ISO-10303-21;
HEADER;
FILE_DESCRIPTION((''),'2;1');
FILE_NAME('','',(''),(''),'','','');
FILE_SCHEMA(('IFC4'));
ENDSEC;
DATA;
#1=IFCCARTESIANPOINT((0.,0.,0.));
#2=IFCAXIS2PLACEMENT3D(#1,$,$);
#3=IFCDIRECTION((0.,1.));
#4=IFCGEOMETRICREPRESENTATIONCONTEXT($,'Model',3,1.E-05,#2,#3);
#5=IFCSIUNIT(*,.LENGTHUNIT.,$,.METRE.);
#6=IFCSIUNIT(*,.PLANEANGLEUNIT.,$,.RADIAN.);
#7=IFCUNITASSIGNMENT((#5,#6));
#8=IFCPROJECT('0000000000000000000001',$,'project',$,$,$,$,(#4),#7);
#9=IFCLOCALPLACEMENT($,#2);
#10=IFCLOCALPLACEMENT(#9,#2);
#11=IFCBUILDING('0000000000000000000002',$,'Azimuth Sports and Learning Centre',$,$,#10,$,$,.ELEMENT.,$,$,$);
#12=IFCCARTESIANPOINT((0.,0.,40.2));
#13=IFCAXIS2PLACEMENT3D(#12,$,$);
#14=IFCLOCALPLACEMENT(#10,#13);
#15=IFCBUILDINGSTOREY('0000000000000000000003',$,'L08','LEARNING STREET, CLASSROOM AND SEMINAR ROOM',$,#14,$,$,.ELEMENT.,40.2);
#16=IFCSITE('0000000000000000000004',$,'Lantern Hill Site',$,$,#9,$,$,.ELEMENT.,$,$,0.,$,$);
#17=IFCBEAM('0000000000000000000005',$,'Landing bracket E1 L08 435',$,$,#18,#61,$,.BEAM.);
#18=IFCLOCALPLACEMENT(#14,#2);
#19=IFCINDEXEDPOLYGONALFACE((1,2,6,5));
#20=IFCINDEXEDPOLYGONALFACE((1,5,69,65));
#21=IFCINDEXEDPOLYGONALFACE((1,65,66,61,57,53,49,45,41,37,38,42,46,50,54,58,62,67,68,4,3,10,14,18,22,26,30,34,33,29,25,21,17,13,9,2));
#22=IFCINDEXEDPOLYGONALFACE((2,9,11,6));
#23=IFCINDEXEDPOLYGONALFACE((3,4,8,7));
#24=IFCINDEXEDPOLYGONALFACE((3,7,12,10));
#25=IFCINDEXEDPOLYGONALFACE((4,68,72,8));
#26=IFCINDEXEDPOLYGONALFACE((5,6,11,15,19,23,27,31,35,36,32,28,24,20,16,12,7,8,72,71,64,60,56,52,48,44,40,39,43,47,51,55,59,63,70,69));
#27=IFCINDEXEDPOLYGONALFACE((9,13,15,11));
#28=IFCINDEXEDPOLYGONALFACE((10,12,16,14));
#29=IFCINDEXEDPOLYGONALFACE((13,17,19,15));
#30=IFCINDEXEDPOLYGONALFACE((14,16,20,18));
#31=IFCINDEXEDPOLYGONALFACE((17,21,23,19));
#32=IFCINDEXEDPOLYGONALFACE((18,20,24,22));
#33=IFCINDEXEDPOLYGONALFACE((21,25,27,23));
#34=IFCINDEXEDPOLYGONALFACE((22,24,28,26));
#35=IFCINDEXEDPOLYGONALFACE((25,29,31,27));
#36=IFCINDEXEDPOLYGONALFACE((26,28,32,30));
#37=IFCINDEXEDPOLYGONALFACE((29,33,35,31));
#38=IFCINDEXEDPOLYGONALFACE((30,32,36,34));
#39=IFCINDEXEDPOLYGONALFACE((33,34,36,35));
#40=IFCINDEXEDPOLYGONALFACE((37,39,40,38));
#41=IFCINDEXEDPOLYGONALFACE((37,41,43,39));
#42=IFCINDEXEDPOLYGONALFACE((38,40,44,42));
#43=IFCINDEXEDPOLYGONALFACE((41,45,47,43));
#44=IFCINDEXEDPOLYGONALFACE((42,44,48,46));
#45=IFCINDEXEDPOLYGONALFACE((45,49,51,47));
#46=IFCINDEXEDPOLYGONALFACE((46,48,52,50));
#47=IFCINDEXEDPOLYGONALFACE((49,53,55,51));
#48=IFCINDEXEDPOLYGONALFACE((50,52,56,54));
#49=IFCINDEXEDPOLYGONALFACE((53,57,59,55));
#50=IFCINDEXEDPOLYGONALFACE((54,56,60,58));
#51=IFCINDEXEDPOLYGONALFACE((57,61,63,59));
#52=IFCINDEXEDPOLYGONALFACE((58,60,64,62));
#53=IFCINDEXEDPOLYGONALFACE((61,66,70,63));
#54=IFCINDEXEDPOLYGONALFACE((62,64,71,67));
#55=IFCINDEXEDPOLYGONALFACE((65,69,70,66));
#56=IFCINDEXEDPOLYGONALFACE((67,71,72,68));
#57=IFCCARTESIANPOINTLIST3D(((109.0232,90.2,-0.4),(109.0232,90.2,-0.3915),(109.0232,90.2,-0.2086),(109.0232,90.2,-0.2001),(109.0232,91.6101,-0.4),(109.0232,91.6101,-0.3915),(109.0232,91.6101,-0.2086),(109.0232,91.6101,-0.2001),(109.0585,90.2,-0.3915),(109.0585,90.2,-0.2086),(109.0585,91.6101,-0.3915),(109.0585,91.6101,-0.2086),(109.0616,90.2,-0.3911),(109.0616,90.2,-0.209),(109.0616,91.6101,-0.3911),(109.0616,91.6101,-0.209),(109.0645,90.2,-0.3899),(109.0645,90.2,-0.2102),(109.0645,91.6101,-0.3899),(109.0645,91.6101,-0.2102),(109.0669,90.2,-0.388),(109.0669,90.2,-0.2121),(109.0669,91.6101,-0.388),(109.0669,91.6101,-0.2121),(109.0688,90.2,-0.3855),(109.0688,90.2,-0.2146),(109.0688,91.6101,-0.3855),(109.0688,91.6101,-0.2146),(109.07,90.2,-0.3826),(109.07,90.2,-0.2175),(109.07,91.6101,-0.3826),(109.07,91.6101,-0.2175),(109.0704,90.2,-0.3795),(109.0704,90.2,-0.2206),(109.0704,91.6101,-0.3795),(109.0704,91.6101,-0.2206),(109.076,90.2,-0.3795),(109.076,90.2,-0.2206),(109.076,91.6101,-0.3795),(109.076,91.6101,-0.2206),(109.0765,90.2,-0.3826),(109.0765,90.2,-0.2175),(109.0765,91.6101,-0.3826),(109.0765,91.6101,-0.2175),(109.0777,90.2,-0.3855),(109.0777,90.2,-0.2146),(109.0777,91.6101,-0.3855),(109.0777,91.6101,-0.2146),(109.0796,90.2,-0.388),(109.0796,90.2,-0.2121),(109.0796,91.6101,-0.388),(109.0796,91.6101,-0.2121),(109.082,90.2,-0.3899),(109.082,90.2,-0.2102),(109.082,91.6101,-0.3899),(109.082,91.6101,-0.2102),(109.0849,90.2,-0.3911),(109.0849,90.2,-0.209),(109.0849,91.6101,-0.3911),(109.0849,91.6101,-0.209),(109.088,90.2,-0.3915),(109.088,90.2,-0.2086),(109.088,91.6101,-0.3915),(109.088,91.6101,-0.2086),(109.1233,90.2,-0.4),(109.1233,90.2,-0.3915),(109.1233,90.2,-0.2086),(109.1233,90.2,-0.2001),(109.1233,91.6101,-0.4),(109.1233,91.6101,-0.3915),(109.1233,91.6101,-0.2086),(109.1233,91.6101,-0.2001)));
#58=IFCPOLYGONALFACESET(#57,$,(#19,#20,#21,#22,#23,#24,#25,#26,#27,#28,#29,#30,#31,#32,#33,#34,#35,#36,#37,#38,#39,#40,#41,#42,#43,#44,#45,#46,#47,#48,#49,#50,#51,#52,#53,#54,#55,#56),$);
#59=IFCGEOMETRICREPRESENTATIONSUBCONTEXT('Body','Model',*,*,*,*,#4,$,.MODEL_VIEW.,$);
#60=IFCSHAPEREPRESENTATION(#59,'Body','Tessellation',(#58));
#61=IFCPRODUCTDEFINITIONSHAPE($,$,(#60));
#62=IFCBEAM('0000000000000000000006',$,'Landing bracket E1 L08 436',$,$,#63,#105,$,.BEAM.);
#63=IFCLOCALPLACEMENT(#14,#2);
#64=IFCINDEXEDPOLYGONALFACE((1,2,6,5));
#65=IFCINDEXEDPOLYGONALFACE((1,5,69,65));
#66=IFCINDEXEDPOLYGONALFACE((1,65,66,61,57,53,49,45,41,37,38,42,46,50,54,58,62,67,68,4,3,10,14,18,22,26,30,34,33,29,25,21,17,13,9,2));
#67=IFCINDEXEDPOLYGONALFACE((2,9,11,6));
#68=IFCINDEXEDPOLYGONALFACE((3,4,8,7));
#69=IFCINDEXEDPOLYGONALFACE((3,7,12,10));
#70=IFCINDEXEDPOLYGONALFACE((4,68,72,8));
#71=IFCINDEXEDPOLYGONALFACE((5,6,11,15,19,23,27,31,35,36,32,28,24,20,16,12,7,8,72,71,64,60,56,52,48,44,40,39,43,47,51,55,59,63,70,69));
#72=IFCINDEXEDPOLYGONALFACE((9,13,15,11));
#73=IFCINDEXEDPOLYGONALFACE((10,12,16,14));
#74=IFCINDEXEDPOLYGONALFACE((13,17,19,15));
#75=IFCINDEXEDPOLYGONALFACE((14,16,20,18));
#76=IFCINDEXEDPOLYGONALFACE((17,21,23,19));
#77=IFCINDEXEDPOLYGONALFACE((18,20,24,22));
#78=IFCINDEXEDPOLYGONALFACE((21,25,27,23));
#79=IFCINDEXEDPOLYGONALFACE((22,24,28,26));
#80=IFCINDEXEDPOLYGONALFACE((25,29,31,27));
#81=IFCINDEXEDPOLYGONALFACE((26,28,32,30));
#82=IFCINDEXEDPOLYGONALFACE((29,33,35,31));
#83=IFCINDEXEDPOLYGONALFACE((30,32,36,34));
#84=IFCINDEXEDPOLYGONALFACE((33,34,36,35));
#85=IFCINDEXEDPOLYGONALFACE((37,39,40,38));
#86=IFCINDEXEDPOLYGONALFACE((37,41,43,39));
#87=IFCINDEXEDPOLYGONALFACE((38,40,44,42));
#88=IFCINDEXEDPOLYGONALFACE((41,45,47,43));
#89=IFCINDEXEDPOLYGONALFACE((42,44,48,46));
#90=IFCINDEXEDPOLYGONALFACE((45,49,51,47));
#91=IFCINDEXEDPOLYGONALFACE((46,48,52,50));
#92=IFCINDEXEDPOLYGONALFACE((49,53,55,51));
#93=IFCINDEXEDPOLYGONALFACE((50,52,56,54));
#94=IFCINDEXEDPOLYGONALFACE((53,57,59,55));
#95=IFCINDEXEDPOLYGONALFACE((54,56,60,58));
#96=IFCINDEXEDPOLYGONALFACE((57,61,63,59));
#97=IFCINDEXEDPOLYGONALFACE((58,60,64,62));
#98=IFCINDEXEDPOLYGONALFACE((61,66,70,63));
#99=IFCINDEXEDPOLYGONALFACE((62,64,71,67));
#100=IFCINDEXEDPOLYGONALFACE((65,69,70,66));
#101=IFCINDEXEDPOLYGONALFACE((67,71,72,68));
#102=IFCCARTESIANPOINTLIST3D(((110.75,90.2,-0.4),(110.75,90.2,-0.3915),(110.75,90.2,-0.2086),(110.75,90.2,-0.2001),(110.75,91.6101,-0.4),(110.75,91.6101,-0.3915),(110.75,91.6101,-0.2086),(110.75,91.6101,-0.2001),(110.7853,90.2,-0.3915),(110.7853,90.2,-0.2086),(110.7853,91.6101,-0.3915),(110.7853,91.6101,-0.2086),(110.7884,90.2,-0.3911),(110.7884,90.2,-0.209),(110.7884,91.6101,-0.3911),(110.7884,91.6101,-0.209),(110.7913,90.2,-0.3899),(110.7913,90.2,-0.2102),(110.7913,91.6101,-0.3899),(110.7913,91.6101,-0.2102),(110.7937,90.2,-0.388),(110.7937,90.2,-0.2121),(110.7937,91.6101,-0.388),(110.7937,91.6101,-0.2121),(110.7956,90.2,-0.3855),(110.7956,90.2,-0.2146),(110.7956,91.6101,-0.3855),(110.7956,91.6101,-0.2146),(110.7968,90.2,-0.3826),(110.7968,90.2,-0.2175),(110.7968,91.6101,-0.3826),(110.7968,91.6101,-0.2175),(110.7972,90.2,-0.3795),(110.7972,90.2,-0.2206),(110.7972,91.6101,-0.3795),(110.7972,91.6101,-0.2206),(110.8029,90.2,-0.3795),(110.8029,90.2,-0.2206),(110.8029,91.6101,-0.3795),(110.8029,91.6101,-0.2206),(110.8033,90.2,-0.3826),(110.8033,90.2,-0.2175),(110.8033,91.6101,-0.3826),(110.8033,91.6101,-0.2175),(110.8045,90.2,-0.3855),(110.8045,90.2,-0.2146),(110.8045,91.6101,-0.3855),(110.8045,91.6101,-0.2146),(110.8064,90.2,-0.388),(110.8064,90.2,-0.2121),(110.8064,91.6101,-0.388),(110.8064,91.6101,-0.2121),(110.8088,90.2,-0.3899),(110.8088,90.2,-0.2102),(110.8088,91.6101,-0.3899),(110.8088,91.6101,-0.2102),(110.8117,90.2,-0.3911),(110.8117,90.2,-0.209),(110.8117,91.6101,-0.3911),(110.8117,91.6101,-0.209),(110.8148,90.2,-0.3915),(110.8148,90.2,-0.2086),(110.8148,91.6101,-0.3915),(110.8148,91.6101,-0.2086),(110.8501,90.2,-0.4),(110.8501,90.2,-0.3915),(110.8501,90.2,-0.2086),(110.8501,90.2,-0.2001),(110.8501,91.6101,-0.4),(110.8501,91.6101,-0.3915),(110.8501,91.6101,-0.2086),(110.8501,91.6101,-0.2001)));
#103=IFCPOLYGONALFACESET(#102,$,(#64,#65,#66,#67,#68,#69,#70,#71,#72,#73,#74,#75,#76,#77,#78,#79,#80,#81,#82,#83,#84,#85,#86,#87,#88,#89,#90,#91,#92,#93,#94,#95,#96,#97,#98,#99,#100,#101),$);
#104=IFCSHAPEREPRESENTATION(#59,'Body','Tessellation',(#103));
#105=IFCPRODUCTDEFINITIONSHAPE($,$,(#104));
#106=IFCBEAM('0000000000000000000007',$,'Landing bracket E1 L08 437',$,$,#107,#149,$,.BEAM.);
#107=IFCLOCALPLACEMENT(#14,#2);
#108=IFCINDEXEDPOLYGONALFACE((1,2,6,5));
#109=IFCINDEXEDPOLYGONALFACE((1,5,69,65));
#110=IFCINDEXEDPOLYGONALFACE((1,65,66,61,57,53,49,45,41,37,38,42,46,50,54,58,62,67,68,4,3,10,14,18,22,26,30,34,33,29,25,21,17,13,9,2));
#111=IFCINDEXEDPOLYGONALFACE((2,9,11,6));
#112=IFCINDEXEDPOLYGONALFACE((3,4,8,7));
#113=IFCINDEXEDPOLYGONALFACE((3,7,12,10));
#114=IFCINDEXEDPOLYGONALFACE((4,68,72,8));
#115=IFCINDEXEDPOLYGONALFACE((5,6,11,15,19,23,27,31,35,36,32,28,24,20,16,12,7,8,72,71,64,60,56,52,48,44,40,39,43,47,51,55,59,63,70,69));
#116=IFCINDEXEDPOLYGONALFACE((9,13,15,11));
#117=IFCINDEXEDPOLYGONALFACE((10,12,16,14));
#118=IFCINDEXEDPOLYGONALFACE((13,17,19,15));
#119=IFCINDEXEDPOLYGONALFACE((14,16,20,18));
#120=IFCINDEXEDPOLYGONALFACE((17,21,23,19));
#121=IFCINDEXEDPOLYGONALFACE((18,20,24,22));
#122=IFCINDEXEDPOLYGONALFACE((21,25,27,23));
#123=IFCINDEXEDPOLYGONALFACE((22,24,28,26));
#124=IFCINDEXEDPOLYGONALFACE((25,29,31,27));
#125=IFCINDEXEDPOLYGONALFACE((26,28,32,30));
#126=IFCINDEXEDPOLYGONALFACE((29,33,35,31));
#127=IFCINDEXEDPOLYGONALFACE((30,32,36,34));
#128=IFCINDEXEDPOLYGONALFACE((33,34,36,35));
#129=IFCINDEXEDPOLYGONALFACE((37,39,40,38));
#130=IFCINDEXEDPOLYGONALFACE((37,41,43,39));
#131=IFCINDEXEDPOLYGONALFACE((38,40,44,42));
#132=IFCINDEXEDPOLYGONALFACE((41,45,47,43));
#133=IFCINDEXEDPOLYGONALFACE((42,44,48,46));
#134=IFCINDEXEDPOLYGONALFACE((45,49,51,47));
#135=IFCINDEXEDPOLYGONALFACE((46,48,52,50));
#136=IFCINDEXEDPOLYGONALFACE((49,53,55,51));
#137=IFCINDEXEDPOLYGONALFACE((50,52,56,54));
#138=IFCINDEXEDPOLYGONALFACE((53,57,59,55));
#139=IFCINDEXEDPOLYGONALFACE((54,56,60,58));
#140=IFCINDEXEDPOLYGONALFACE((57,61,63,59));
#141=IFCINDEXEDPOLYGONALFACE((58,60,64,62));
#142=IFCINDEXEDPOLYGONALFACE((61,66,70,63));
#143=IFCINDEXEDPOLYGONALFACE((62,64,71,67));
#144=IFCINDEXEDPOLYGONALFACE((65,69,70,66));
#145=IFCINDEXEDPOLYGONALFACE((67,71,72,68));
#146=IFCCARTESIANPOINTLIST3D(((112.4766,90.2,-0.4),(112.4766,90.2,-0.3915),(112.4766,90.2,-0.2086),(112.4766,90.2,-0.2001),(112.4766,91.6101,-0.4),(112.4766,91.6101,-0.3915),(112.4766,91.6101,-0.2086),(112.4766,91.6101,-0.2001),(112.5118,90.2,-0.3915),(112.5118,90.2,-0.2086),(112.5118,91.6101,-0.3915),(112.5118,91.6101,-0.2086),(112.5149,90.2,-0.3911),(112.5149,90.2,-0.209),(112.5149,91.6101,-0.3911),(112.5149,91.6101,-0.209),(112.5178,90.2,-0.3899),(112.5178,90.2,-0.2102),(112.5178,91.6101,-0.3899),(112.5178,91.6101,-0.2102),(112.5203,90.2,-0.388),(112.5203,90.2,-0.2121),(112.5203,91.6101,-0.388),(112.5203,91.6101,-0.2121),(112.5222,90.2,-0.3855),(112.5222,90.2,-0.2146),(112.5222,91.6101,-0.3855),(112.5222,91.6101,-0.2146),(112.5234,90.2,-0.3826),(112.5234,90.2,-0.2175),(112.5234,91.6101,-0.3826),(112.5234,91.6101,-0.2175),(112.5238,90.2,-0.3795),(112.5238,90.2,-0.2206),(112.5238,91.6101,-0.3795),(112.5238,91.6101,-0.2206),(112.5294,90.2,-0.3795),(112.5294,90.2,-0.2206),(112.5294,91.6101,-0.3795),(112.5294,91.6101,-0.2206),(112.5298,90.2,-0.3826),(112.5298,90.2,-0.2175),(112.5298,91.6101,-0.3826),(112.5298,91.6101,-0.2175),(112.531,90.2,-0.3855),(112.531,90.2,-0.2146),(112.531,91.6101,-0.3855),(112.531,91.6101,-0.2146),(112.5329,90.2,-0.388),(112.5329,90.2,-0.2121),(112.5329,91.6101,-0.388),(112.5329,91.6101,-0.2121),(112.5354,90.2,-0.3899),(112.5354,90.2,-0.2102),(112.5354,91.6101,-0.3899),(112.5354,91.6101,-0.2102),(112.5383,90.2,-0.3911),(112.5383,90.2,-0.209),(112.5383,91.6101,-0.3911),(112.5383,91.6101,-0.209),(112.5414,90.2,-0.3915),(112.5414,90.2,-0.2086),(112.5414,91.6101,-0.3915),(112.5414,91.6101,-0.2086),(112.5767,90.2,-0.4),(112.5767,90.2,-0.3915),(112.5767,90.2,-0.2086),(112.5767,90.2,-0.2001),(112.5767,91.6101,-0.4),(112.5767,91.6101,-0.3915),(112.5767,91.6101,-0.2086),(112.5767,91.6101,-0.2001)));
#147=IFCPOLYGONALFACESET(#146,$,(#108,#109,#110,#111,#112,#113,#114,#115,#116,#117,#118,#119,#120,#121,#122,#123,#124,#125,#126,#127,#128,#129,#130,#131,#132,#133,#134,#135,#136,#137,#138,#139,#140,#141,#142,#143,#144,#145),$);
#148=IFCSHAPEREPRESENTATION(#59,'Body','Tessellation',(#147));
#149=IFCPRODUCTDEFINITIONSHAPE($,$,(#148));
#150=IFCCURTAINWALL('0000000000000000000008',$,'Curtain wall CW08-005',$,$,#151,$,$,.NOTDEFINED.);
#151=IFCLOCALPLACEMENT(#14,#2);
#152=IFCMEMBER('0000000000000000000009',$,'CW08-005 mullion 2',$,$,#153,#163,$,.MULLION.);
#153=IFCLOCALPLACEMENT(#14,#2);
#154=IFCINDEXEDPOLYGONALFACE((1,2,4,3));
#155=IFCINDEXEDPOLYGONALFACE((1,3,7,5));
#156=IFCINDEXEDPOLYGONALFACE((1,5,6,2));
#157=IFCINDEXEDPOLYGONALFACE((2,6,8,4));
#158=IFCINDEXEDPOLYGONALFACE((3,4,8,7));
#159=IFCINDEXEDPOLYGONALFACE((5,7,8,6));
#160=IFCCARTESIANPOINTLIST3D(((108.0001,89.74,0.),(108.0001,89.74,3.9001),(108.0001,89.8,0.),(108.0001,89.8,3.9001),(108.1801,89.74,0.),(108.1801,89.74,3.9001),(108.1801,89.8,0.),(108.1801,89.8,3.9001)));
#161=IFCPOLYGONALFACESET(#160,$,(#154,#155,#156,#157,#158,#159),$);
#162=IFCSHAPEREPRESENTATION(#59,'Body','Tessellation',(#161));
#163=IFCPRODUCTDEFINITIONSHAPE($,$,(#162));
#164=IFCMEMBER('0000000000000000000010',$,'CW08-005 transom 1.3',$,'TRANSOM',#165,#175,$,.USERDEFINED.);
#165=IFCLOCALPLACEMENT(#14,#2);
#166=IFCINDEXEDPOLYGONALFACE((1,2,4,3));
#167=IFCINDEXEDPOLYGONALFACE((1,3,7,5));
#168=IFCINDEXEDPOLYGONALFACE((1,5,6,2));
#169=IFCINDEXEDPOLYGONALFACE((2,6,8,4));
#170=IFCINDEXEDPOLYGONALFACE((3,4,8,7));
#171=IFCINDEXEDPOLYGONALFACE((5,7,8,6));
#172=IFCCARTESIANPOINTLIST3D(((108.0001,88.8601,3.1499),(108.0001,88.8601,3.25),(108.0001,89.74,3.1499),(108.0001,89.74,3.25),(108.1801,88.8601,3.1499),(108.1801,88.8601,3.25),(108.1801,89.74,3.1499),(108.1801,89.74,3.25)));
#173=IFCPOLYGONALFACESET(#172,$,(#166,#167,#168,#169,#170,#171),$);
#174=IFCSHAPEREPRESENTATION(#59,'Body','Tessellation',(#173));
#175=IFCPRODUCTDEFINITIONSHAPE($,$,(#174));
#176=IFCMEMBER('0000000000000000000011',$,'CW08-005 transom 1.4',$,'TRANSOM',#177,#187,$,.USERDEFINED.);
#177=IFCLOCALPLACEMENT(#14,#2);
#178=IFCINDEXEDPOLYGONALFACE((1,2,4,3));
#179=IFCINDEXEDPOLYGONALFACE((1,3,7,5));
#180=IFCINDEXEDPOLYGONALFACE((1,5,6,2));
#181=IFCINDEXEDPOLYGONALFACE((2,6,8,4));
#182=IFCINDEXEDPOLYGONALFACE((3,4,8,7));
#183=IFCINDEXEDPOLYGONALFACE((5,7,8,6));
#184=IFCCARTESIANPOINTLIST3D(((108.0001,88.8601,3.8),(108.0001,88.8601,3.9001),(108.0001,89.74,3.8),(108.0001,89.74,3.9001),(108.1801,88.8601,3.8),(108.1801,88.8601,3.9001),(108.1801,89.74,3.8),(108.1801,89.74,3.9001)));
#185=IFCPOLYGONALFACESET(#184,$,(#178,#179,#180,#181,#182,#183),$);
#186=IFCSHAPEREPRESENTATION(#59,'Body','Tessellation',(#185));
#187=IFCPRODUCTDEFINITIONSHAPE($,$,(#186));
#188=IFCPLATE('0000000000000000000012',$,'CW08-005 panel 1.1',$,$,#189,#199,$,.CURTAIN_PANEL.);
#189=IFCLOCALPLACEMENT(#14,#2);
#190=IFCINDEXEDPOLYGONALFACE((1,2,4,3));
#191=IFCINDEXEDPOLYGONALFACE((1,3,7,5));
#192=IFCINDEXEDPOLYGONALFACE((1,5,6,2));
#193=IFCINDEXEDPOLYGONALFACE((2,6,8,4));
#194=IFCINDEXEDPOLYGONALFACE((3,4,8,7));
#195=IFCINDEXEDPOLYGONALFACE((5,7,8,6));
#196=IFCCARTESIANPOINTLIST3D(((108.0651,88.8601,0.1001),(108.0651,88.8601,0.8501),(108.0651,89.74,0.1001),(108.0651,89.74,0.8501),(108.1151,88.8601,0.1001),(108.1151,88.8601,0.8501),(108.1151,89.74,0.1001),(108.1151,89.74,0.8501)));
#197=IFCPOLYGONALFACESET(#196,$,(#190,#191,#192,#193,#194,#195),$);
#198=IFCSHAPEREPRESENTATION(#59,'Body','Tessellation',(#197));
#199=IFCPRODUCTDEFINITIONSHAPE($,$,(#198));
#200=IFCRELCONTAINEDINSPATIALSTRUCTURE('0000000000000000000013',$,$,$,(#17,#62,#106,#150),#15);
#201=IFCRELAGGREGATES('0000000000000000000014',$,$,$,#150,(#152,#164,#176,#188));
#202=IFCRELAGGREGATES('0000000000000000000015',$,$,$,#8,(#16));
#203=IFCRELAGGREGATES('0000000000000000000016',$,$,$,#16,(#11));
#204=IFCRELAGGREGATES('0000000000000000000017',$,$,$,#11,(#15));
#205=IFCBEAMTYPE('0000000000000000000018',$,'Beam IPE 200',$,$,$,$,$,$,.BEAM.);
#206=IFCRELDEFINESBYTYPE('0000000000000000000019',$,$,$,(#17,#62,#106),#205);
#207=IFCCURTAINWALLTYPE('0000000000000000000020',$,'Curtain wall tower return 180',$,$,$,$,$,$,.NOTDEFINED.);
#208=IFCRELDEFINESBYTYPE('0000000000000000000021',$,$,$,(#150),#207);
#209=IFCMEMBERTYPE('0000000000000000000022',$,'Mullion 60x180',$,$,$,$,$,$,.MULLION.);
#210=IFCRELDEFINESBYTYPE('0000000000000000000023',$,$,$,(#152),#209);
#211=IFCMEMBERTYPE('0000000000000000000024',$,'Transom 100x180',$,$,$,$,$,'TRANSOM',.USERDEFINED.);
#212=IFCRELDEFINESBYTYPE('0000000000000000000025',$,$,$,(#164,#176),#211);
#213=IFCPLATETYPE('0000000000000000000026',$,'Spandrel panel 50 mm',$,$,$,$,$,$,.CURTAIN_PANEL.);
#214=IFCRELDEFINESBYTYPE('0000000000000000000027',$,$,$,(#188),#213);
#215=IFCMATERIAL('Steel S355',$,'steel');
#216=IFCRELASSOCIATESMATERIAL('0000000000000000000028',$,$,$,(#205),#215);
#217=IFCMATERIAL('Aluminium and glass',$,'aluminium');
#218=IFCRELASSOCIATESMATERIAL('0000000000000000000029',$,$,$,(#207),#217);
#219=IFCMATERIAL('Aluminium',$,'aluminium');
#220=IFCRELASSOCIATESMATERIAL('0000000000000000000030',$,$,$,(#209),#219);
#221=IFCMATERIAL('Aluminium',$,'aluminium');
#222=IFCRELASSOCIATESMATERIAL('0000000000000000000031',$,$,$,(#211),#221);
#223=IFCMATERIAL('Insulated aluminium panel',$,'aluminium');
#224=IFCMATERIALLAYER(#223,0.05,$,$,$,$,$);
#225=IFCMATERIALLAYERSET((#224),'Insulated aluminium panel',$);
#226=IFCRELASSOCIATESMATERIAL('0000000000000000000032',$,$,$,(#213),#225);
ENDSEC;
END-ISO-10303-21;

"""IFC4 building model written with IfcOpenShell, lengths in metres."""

from ifc_helpers import new_model, si_unit, direction, frame, origin, origin_2d, place, context, subcontext, project, spatial, rectangle, i_section, extrude, material, layer, layer_set, material_profile, profile_set, type_object, element, aggregate, save


model = new_model("IFC4")

# Units and contexts
model_context = context("Model", 3, precision=1e-05, world=origin(), true_north=direction((0.0, 1.0)))
body_context = subcontext(model_context, "Body", "Model", "MODEL_VIEW")
ifc_project = project(units=[si_unit("LENGTHUNIT", "METRE"), si_unit("PLANEANGLEUNIT", "RADIAN")], contexts=[model_context])

# Site, building, storey
site_placement = place(None, origin())
site = spatial("IfcSite", under=ifc_project, at=site_placement, Name="Lantern Hill Site", CompositionType="ELEMENT", RefElevation=0.0)
building_placement = place(site_placement, origin())
building = spatial("IfcBuilding", under=site, at=building_placement, Name="Azimuth Sports and Learning Centre", CompositionType="ELEMENT")
storey_placement = place(building_placement, frame((0.0, 0.0, 40.2)))
storey = spatial("IfcBuildingStorey", under=building, at=storey_placement, Name="L08", Description="LEARNING STREET, CLASSROOM AND SEMINAR ROOM", CompositionType="ELEMENT", Elevation=40.2)

# Beams
ifc_material_1 = material(Name="Steel S355", Category="steel")
ifc_material_profile_1 = material_profile(ifc_material_1, i_section(OverallWidth=0.1001, OverallDepth=0.2, WebThickness=0.0056, FlangeThickness=0.0085, FilletRadius=0.012, at=origin_2d()), Name="IPE 200")
ifc_profile_set_1 = profile_set([ifc_material_profile_1], Name="Steel S355")
beam_type = type_object("IfcBeamType", Name="Beam IPE 200", PredefinedType="BEAM", material=ifc_profile_set_1)
for number, where, z_axis, x_axis, name in (
    (1, (109.0732, 90.2, -0.3), (0.0, 1.0, 0.0), (-1.0, 0.0, 0.0), "Landing bracket E1 L08 435"),
    (2, (110.8, 90.2, -0.3), (0.0, 1.0, 0.0), (-1.0, 0.0, 0.0), "Landing bracket E1 L08 436"),
    (3, (112.5266, 90.2, -0.3), (0.0, 1.0, 0.0), (-1.0, 0.0, 0.0), "Landing bracket E1 L08 437"),
):
    element("IfcBeam", number, at=place(storey_placement, frame(where, z_axis=z_axis, x_axis=x_axis)), inside=storey, type_object=beam_type, Name=name, PredefinedType="BEAM", context=body_context, shape_type="SweptSolid", body=[
        extrude(i_section(OverallWidth=0.1001, OverallDepth=0.2, WebThickness=0.0056, FlangeThickness=0.0085, FilletRadius=0.012, at=origin_2d()), origin(), (0.0, 0.0, 1.0), 1.4102),
    ])

# Curtain wall, members, plate
ifc_material_2 = material(Name="Aluminium and glass", Category="aluminium")
curtain_wall_type = type_object("IfcCurtainWallType", Name="Curtain wall tower return 180", PredefinedType="NOTDEFINED", material=ifc_material_2)
curtain_wall_placement = place(storey_placement, origin())
curtain_wall = element("IfcCurtainWall", 4, at=curtain_wall_placement, inside=storey, type_object=curtain_wall_type, Name="Curtain wall CW08-005", PredefinedType="NOTDEFINED")
ifc_material_3 = material(Name="Aluminium", Category="aluminium")
ifc_material_profile_2 = material_profile(ifc_material_3, rectangle(XDim=0.1799, YDim=0.0601, at=origin_2d()), Name="Mullion 60x180")
ifc_profile_set_2 = profile_set([ifc_material_profile_2], Name="Aluminium")
member_type_1 = type_object("IfcMemberType", Name="Mullion 60x180", PredefinedType="MULLION", material=ifc_profile_set_2)
member_1_placement = place(storey_placement, frame((108.0901, 89.77, 0.0), z_axis=(0.0, 0.0, 1.0), x_axis=(-1.0, 0.0, 0.0)))
member_1 = element("IfcMember", 5, at=member_1_placement, type_object=member_type_1, Name="CW08-005 mullion 2", PredefinedType="MULLION", context=body_context, shape_type="SweptSolid", body=[
    extrude(rectangle(XDim=0.1799, YDim=0.0601, at=origin_2d()), origin(), (0.0, 0.0, 1.0), 3.9001),
])
ifc_material_4 = material(Name="Aluminium", Category="aluminium")
ifc_material_profile_3 = material_profile(ifc_material_4, rectangle(XDim=0.1799, YDim=0.1001, at=origin_2d()), Name="Transom 100x180")
ifc_profile_set_3 = profile_set([ifc_material_profile_3], Name="Aluminium")
member_type_2 = type_object("IfcMemberType", Name="Transom 100x180", ElementType="TRANSOM", PredefinedType="USERDEFINED", material=ifc_profile_set_3)
member_2_placement = place(storey_placement, frame((108.0901, 88.8601, 3.2), z_axis=(0.0, 1.0, 0.0), x_axis=(-1.0, 0.0, 0.0)))
member_2 = element("IfcMember", 6, at=member_2_placement, type_object=member_type_2, Name="CW08-005 transom 1.3", ObjectType="TRANSOM", PredefinedType="USERDEFINED", context=body_context, shape_type="SweptSolid", body=[
    extrude(rectangle(XDim=0.1799, YDim=0.1001, at=origin_2d()), origin(), (0.0, 0.0, 1.0), 0.8799),
])
member_3_placement = place(storey_placement, frame((108.0901, 88.8601, 3.8501), z_axis=(0.0, 1.0, 0.0), x_axis=(-1.0, 0.0, 0.0)))
member_3 = element("IfcMember", 7, at=member_3_placement, type_object=member_type_2, Name="CW08-005 transom 1.4", ObjectType="TRANSOM", PredefinedType="USERDEFINED", context=body_context, shape_type="SweptSolid", body=[
    extrude(rectangle(XDim=0.1799, YDim=0.1001, at=origin_2d()), origin(), (0.0, 0.0, 1.0), 0.8799),
])
ifc_material_5 = material(Name="Insulated aluminium panel", Category="aluminium")
ifc_layer_1 = layer(ifc_material_5, 0.05)
ifc_layer_set_1 = layer_set([ifc_layer_1], Name="Insulated aluminium panel")
plate_type_1 = type_object("IfcPlateType", Name="Spandrel panel 50 mm", PredefinedType="CURTAIN_PANEL", material=ifc_layer_set_1)
plate_1_placement = place(storey_placement, frame((108.0901, 89.3, 0.1001), z_axis=(0.0, 0.0, 1.0), x_axis=(0.0, 1.0, 0.0)))
plate_1 = element("IfcPlate", 8, at=plate_1_placement, type_object=plate_type_1, Name="CW08-005 panel 1.1", PredefinedType="CURTAIN_PANEL", context=body_context, shape_type="SweptSolid", body=[
    extrude(rectangle(XDim=0.8799, YDim=0.05, at=origin_2d()), origin(), (0.0, 0.0, 1.0), 0.75),
])
aggregate(curtain_wall, [member_1, member_2, member_3, plate_1])

save(model, "model.ifc")
